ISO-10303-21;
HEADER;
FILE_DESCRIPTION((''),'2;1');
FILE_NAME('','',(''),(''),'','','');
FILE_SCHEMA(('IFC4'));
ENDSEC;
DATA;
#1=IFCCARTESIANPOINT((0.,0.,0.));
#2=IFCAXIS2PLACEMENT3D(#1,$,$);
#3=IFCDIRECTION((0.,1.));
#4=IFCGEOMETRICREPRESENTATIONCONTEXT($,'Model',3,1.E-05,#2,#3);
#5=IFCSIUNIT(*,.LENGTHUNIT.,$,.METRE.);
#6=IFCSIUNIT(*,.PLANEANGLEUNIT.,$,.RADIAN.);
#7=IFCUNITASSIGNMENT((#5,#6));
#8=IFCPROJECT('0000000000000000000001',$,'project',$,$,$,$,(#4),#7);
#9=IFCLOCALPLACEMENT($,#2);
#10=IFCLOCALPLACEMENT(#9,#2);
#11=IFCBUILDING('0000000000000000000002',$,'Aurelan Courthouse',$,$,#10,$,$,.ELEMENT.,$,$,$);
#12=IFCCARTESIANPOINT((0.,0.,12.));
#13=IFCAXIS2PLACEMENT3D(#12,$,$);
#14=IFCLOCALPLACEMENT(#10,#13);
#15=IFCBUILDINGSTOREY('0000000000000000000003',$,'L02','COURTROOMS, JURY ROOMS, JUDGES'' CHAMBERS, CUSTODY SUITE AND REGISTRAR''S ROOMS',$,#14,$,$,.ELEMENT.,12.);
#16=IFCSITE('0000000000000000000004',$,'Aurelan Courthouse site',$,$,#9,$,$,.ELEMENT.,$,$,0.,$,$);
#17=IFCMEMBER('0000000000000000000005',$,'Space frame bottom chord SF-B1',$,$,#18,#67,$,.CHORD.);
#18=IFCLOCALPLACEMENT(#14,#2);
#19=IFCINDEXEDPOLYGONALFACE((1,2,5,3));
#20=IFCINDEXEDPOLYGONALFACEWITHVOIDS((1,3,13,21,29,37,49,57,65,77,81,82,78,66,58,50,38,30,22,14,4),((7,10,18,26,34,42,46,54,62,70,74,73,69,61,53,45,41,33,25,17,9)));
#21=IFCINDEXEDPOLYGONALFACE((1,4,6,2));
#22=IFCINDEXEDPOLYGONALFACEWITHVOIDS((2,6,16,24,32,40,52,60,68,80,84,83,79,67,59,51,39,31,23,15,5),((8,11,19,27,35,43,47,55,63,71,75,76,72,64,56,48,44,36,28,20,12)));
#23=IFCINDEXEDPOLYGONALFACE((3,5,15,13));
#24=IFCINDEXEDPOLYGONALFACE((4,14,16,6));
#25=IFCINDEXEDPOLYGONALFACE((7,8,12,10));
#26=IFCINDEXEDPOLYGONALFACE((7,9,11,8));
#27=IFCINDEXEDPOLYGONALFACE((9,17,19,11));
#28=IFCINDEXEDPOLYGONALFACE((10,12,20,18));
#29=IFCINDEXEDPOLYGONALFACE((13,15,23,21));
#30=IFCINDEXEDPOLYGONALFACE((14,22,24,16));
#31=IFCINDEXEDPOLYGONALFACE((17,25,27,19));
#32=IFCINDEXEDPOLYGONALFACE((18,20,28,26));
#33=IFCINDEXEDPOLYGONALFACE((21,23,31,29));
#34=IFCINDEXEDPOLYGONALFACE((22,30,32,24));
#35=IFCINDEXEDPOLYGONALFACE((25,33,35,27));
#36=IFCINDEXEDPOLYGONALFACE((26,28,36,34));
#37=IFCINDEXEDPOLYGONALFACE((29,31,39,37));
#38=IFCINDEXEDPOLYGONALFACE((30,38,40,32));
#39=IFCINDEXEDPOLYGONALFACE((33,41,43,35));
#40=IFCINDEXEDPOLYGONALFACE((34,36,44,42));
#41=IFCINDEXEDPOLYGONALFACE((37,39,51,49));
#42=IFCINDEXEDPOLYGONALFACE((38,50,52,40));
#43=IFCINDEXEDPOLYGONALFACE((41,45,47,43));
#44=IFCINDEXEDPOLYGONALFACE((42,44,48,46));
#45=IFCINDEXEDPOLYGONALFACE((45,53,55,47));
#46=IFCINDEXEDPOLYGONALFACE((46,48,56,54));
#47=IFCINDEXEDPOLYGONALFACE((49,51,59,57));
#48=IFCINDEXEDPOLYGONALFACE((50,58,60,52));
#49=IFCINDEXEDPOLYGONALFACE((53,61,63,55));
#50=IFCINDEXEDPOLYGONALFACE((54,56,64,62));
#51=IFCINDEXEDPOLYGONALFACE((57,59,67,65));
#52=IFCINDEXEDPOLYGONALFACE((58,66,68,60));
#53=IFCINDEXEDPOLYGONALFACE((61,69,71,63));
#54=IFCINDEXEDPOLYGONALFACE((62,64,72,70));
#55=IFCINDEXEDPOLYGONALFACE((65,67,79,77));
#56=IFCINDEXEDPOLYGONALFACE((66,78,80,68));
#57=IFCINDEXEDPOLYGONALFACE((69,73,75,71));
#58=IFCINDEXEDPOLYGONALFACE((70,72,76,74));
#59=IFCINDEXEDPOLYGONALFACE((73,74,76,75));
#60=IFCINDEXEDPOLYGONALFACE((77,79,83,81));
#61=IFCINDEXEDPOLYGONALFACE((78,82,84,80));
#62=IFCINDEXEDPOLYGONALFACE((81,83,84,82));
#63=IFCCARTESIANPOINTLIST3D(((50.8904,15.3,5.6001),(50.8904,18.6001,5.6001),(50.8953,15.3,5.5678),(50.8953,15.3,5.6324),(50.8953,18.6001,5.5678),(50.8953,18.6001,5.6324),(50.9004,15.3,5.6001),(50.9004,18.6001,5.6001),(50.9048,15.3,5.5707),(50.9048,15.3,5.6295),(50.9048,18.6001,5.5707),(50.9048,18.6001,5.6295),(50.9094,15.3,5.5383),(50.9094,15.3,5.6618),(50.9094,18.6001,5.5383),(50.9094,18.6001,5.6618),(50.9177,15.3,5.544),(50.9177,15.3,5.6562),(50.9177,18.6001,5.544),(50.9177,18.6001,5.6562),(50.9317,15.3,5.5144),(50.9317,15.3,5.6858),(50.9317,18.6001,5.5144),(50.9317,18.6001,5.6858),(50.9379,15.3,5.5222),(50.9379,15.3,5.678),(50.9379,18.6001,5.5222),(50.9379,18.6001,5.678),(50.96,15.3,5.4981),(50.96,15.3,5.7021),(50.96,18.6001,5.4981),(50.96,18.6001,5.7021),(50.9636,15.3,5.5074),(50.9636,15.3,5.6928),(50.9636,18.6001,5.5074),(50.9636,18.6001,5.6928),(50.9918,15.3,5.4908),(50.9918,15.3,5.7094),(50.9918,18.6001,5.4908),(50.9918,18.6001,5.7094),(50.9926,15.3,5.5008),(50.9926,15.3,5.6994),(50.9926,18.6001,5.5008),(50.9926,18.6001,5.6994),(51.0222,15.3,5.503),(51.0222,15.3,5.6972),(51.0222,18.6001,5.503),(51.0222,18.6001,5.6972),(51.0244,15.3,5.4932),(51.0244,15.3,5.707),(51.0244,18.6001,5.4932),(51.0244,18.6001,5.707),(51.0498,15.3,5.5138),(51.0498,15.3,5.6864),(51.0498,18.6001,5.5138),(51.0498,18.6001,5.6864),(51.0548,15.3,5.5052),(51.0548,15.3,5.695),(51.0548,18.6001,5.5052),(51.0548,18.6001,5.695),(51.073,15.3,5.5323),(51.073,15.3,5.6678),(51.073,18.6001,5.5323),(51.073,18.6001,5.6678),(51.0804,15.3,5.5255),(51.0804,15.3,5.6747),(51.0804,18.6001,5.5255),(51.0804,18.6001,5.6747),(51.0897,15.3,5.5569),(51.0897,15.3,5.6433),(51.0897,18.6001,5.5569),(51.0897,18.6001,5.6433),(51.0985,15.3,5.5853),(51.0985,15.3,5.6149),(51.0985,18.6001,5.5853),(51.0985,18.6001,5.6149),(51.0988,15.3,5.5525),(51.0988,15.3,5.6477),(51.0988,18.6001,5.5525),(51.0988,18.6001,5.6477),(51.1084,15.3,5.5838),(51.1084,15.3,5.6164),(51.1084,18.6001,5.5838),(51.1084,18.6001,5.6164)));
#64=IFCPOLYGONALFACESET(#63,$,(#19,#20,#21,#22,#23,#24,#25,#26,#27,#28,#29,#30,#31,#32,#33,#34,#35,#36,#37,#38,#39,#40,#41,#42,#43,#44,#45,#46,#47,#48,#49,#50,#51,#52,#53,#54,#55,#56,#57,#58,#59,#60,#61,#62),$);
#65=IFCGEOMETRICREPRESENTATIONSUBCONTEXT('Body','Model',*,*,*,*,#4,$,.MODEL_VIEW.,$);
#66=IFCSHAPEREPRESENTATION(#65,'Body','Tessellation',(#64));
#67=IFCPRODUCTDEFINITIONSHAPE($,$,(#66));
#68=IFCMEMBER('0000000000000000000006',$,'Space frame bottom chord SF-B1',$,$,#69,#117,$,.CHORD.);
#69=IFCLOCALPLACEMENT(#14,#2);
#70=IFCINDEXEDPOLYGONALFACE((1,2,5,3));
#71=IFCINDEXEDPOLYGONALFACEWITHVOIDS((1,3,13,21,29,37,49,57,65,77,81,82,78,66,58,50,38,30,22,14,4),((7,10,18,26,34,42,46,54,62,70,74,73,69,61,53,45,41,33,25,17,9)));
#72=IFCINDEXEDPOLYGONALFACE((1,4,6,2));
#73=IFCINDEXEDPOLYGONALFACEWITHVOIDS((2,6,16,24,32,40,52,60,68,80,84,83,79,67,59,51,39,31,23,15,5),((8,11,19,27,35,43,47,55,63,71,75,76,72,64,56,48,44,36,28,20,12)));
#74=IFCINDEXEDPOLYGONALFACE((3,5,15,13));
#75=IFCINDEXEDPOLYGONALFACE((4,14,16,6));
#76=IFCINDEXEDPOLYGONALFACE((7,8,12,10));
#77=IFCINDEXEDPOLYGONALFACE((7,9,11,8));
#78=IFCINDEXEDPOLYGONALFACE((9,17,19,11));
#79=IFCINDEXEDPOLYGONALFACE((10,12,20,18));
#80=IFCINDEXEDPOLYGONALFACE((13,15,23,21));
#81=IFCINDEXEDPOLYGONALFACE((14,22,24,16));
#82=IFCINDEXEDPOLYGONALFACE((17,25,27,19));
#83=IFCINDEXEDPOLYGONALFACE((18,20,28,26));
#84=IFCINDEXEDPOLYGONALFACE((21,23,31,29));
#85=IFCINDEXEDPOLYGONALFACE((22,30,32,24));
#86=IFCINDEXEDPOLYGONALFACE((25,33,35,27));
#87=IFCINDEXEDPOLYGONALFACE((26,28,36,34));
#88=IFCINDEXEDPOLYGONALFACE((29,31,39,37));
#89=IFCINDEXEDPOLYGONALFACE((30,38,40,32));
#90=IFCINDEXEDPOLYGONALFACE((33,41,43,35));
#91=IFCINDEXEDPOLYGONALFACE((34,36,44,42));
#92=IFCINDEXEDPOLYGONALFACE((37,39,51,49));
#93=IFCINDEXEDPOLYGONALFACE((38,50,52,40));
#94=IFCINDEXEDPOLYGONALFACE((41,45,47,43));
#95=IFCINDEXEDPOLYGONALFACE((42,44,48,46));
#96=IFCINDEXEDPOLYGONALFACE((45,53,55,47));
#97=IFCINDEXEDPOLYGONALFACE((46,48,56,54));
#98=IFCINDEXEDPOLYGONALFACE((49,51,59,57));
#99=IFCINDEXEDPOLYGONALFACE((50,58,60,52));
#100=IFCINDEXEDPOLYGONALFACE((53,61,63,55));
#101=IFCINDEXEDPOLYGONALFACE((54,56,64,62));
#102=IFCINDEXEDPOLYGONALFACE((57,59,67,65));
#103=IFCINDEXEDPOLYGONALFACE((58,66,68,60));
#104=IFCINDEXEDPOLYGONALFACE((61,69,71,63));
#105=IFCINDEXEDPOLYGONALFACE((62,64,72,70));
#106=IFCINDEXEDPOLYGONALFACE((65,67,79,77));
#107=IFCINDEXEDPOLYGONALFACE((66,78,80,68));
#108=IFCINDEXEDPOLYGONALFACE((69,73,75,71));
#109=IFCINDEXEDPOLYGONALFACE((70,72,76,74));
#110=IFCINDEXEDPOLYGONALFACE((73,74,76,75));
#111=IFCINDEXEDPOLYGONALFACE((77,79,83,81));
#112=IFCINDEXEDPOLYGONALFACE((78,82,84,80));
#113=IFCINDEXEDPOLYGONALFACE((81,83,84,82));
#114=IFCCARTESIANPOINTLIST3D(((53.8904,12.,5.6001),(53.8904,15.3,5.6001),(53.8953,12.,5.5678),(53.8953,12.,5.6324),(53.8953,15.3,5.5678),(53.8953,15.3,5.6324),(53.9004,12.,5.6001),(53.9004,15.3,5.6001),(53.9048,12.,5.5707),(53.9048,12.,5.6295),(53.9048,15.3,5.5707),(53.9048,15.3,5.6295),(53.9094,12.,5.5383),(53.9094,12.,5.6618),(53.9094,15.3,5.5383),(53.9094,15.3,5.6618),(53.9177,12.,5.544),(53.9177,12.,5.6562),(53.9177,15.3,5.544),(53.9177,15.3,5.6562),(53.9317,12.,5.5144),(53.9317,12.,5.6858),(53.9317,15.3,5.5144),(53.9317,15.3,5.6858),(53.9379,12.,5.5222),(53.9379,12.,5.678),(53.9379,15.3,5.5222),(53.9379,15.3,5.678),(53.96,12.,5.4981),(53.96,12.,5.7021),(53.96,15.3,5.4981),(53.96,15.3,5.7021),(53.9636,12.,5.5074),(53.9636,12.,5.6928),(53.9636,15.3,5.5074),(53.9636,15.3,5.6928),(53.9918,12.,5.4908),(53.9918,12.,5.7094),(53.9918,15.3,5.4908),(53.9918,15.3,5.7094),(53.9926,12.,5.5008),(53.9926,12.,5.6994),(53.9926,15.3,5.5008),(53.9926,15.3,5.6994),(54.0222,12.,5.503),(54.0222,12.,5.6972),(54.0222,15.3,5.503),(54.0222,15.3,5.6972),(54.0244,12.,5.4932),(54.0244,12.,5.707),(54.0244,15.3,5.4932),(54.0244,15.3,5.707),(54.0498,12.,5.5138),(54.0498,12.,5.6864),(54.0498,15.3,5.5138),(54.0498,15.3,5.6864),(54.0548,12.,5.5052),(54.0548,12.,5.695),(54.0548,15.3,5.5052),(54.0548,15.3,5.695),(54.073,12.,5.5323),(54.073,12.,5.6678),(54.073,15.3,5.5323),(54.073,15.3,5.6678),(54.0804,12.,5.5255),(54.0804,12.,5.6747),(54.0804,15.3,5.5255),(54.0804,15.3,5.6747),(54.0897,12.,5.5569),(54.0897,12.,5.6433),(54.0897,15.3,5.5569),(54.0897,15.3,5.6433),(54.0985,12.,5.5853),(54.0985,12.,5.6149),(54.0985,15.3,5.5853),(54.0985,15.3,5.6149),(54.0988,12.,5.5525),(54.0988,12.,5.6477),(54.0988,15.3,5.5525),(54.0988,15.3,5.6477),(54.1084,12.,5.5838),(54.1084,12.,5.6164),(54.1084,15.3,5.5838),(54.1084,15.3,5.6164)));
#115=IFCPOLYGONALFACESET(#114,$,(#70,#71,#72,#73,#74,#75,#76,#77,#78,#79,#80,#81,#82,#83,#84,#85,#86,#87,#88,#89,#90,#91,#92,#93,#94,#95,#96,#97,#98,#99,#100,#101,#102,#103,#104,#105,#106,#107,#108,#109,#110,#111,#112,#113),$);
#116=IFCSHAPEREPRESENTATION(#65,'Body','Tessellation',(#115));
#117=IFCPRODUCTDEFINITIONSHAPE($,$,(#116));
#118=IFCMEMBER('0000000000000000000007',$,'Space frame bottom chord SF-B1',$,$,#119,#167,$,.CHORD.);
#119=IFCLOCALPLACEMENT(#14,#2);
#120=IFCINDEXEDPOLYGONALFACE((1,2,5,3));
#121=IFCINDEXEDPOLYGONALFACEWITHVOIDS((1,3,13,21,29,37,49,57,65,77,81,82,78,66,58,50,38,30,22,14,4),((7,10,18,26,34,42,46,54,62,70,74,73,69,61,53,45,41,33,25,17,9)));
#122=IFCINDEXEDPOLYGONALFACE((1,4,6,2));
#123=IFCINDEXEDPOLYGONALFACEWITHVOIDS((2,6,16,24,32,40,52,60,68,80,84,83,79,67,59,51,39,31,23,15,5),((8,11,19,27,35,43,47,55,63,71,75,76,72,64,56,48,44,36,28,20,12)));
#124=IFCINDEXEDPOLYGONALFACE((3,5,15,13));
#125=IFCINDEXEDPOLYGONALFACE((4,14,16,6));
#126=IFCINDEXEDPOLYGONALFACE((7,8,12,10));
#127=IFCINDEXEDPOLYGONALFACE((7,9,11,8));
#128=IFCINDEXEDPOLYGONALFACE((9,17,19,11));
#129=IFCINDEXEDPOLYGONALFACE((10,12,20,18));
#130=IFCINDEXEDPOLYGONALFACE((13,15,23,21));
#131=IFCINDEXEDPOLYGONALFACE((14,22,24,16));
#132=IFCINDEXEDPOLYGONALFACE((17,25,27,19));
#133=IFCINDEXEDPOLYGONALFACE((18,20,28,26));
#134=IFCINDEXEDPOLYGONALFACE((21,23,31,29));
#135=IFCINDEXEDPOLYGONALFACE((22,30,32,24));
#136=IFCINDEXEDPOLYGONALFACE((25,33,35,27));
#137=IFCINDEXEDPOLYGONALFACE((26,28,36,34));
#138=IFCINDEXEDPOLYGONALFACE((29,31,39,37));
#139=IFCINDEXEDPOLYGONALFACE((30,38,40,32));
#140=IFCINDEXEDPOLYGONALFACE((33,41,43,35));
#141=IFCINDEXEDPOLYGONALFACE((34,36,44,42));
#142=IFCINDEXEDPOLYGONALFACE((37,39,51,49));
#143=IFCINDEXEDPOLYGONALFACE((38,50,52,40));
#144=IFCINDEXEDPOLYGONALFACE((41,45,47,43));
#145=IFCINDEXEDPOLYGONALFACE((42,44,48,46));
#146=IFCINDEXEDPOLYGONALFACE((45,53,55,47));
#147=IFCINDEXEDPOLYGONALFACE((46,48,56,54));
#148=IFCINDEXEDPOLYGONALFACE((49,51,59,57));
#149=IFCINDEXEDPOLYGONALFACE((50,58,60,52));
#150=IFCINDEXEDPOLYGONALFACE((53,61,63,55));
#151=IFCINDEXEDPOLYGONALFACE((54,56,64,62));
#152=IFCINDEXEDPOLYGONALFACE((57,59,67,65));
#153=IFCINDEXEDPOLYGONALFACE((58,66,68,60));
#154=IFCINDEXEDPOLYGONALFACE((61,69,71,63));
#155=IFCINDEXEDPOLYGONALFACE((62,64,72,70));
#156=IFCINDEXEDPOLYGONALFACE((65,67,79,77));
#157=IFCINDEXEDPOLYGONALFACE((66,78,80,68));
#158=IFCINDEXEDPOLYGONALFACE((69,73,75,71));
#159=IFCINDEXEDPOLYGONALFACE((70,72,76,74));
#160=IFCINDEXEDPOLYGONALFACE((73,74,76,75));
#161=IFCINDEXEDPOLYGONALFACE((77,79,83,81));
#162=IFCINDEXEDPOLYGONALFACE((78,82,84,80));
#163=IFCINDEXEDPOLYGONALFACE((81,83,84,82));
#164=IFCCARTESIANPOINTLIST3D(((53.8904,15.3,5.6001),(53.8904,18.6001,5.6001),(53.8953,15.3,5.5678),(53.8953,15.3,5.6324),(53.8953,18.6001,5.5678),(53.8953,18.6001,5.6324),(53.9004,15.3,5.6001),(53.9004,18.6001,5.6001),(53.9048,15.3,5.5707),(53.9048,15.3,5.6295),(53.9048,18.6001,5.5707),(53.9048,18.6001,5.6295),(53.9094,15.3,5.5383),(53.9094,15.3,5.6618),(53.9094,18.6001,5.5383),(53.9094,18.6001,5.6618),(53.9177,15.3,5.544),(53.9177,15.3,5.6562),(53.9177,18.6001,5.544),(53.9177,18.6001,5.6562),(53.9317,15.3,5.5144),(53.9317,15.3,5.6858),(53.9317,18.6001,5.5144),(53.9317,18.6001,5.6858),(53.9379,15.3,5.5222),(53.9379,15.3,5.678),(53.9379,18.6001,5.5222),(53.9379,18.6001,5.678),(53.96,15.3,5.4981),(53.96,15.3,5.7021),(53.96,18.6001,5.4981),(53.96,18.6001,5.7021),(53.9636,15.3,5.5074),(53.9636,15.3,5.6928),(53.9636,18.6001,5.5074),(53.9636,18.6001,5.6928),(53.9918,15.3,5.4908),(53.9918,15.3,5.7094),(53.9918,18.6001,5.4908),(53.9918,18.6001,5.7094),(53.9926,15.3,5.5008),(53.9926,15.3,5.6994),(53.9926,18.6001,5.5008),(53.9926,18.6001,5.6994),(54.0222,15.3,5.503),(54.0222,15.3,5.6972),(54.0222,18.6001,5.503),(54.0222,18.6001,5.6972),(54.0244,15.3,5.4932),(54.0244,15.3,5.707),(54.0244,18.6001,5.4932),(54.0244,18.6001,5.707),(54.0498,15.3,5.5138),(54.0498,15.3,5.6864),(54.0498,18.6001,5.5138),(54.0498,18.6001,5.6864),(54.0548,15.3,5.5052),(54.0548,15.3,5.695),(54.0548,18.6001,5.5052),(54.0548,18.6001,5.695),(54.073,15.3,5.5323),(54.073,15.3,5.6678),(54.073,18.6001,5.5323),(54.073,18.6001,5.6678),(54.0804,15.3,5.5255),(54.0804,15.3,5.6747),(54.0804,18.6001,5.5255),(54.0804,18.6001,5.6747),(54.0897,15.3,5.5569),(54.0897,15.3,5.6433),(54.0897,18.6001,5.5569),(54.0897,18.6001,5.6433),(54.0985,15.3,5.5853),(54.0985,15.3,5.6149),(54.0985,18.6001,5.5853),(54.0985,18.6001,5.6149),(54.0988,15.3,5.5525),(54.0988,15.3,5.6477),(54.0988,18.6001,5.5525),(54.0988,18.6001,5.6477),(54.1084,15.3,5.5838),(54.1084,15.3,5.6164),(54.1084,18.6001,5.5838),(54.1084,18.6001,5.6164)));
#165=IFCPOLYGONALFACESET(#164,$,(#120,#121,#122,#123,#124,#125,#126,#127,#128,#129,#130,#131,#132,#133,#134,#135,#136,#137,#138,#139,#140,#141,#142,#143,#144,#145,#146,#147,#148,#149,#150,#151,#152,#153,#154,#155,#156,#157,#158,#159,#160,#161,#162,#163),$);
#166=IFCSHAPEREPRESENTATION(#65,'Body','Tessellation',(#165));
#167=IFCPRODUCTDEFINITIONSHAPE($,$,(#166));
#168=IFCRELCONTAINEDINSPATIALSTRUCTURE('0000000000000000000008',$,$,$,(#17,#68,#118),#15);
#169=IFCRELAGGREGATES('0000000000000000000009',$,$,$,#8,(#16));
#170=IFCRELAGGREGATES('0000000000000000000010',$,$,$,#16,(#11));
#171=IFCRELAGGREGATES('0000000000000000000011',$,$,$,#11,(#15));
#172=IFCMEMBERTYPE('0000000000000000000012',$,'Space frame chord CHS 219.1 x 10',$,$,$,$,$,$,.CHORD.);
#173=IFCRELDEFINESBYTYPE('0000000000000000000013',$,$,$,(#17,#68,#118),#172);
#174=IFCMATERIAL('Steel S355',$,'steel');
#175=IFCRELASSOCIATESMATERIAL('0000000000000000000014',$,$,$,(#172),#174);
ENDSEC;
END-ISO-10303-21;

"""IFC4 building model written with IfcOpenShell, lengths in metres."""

from ifc_helpers import new_model, si_unit, direction, frame, origin, origin_2d, place, context, subcontext, project, spatial, hollow_circle, extrude, material, material_profile, profile_set, type_object, element, save


model = new_model("IFC4")

# Units and contexts
model_context = context("Model", 3, precision=1e-05, world=origin(), true_north=direction((0.0, 1.0)))
body_context = subcontext(model_context, "Body", "Model", "MODEL_VIEW")
ifc_project = project(units=[si_unit("LENGTHUNIT", "METRE"), si_unit("PLANEANGLEUNIT", "RADIAN")], contexts=[model_context])

# Site, building, storey
site_placement = place(None, origin())
site = spatial("IfcSite", under=ifc_project, at=site_placement, Name="Aurelan Courthouse site", CompositionType="ELEMENT", RefElevation=0.0)
building_placement = place(site_placement, origin())
building = spatial("IfcBuilding", under=site, at=building_placement, Name="Aurelan Courthouse", CompositionType="ELEMENT")
storey_placement = place(building_placement, frame((0.0, 0.0, 12.0)))
storey = spatial("IfcBuildingStorey", under=building, at=storey_placement, Name="L02", Description="COURTROOMS, JURY ROOMS, JUDGES' CHAMBERS, CUSTODY SUITE AND REGISTRAR'S ROOMS", CompositionType="ELEMENT", Elevation=12.0)

# Shared definitions
ifc_material_1 = material(Name="Steel S355", Category="steel")

# Members
ifc_material_profile_1 = material_profile(ifc_material_1, hollow_circle(Radius=0.1096, WallThickness=0.01, at=origin_2d()), Name="CHS 219.1 x 10")
ifc_profile_set_1 = profile_set([ifc_material_profile_1], Name="Steel S355")
member_type_1 = type_object("IfcMemberType", Name="Space frame chord CHS 219.1 x 10", PredefinedType="CHORD", material=ifc_profile_set_1)
for number, where, z_axis, x_axis, name in (
    (1, (51.0, 15.3, 5.6001), (0.0, 1.0, 0.0), (-1.0, 0.0, 0.0), "Space frame bottom chord SF-B1"),
    (2, (54.0, 12.0, 5.6001), (0.0, 1.0, 0.0), (-1.0, 0.0, 0.0), "Space frame bottom chord SF-B1"),
    (3, (54.0, 15.3, 5.6001), (0.0, 1.0, 0.0), (-1.0, 0.0, 0.0), "Space frame bottom chord SF-B1"),
):
    element("IfcMember", number, at=place(storey_placement, frame(where, z_axis=z_axis, x_axis=x_axis)), inside=storey, type_object=member_type_1, Name=name, PredefinedType="CHORD", context=body_context, shape_type="SweptSolid", body=[
        extrude(hollow_circle(Radius=0.1096, WallThickness=0.01, at=origin_2d()), origin(), (0.0, 0.0, 1.0), 3.3),
    ])

save(model, "model.ifc")
